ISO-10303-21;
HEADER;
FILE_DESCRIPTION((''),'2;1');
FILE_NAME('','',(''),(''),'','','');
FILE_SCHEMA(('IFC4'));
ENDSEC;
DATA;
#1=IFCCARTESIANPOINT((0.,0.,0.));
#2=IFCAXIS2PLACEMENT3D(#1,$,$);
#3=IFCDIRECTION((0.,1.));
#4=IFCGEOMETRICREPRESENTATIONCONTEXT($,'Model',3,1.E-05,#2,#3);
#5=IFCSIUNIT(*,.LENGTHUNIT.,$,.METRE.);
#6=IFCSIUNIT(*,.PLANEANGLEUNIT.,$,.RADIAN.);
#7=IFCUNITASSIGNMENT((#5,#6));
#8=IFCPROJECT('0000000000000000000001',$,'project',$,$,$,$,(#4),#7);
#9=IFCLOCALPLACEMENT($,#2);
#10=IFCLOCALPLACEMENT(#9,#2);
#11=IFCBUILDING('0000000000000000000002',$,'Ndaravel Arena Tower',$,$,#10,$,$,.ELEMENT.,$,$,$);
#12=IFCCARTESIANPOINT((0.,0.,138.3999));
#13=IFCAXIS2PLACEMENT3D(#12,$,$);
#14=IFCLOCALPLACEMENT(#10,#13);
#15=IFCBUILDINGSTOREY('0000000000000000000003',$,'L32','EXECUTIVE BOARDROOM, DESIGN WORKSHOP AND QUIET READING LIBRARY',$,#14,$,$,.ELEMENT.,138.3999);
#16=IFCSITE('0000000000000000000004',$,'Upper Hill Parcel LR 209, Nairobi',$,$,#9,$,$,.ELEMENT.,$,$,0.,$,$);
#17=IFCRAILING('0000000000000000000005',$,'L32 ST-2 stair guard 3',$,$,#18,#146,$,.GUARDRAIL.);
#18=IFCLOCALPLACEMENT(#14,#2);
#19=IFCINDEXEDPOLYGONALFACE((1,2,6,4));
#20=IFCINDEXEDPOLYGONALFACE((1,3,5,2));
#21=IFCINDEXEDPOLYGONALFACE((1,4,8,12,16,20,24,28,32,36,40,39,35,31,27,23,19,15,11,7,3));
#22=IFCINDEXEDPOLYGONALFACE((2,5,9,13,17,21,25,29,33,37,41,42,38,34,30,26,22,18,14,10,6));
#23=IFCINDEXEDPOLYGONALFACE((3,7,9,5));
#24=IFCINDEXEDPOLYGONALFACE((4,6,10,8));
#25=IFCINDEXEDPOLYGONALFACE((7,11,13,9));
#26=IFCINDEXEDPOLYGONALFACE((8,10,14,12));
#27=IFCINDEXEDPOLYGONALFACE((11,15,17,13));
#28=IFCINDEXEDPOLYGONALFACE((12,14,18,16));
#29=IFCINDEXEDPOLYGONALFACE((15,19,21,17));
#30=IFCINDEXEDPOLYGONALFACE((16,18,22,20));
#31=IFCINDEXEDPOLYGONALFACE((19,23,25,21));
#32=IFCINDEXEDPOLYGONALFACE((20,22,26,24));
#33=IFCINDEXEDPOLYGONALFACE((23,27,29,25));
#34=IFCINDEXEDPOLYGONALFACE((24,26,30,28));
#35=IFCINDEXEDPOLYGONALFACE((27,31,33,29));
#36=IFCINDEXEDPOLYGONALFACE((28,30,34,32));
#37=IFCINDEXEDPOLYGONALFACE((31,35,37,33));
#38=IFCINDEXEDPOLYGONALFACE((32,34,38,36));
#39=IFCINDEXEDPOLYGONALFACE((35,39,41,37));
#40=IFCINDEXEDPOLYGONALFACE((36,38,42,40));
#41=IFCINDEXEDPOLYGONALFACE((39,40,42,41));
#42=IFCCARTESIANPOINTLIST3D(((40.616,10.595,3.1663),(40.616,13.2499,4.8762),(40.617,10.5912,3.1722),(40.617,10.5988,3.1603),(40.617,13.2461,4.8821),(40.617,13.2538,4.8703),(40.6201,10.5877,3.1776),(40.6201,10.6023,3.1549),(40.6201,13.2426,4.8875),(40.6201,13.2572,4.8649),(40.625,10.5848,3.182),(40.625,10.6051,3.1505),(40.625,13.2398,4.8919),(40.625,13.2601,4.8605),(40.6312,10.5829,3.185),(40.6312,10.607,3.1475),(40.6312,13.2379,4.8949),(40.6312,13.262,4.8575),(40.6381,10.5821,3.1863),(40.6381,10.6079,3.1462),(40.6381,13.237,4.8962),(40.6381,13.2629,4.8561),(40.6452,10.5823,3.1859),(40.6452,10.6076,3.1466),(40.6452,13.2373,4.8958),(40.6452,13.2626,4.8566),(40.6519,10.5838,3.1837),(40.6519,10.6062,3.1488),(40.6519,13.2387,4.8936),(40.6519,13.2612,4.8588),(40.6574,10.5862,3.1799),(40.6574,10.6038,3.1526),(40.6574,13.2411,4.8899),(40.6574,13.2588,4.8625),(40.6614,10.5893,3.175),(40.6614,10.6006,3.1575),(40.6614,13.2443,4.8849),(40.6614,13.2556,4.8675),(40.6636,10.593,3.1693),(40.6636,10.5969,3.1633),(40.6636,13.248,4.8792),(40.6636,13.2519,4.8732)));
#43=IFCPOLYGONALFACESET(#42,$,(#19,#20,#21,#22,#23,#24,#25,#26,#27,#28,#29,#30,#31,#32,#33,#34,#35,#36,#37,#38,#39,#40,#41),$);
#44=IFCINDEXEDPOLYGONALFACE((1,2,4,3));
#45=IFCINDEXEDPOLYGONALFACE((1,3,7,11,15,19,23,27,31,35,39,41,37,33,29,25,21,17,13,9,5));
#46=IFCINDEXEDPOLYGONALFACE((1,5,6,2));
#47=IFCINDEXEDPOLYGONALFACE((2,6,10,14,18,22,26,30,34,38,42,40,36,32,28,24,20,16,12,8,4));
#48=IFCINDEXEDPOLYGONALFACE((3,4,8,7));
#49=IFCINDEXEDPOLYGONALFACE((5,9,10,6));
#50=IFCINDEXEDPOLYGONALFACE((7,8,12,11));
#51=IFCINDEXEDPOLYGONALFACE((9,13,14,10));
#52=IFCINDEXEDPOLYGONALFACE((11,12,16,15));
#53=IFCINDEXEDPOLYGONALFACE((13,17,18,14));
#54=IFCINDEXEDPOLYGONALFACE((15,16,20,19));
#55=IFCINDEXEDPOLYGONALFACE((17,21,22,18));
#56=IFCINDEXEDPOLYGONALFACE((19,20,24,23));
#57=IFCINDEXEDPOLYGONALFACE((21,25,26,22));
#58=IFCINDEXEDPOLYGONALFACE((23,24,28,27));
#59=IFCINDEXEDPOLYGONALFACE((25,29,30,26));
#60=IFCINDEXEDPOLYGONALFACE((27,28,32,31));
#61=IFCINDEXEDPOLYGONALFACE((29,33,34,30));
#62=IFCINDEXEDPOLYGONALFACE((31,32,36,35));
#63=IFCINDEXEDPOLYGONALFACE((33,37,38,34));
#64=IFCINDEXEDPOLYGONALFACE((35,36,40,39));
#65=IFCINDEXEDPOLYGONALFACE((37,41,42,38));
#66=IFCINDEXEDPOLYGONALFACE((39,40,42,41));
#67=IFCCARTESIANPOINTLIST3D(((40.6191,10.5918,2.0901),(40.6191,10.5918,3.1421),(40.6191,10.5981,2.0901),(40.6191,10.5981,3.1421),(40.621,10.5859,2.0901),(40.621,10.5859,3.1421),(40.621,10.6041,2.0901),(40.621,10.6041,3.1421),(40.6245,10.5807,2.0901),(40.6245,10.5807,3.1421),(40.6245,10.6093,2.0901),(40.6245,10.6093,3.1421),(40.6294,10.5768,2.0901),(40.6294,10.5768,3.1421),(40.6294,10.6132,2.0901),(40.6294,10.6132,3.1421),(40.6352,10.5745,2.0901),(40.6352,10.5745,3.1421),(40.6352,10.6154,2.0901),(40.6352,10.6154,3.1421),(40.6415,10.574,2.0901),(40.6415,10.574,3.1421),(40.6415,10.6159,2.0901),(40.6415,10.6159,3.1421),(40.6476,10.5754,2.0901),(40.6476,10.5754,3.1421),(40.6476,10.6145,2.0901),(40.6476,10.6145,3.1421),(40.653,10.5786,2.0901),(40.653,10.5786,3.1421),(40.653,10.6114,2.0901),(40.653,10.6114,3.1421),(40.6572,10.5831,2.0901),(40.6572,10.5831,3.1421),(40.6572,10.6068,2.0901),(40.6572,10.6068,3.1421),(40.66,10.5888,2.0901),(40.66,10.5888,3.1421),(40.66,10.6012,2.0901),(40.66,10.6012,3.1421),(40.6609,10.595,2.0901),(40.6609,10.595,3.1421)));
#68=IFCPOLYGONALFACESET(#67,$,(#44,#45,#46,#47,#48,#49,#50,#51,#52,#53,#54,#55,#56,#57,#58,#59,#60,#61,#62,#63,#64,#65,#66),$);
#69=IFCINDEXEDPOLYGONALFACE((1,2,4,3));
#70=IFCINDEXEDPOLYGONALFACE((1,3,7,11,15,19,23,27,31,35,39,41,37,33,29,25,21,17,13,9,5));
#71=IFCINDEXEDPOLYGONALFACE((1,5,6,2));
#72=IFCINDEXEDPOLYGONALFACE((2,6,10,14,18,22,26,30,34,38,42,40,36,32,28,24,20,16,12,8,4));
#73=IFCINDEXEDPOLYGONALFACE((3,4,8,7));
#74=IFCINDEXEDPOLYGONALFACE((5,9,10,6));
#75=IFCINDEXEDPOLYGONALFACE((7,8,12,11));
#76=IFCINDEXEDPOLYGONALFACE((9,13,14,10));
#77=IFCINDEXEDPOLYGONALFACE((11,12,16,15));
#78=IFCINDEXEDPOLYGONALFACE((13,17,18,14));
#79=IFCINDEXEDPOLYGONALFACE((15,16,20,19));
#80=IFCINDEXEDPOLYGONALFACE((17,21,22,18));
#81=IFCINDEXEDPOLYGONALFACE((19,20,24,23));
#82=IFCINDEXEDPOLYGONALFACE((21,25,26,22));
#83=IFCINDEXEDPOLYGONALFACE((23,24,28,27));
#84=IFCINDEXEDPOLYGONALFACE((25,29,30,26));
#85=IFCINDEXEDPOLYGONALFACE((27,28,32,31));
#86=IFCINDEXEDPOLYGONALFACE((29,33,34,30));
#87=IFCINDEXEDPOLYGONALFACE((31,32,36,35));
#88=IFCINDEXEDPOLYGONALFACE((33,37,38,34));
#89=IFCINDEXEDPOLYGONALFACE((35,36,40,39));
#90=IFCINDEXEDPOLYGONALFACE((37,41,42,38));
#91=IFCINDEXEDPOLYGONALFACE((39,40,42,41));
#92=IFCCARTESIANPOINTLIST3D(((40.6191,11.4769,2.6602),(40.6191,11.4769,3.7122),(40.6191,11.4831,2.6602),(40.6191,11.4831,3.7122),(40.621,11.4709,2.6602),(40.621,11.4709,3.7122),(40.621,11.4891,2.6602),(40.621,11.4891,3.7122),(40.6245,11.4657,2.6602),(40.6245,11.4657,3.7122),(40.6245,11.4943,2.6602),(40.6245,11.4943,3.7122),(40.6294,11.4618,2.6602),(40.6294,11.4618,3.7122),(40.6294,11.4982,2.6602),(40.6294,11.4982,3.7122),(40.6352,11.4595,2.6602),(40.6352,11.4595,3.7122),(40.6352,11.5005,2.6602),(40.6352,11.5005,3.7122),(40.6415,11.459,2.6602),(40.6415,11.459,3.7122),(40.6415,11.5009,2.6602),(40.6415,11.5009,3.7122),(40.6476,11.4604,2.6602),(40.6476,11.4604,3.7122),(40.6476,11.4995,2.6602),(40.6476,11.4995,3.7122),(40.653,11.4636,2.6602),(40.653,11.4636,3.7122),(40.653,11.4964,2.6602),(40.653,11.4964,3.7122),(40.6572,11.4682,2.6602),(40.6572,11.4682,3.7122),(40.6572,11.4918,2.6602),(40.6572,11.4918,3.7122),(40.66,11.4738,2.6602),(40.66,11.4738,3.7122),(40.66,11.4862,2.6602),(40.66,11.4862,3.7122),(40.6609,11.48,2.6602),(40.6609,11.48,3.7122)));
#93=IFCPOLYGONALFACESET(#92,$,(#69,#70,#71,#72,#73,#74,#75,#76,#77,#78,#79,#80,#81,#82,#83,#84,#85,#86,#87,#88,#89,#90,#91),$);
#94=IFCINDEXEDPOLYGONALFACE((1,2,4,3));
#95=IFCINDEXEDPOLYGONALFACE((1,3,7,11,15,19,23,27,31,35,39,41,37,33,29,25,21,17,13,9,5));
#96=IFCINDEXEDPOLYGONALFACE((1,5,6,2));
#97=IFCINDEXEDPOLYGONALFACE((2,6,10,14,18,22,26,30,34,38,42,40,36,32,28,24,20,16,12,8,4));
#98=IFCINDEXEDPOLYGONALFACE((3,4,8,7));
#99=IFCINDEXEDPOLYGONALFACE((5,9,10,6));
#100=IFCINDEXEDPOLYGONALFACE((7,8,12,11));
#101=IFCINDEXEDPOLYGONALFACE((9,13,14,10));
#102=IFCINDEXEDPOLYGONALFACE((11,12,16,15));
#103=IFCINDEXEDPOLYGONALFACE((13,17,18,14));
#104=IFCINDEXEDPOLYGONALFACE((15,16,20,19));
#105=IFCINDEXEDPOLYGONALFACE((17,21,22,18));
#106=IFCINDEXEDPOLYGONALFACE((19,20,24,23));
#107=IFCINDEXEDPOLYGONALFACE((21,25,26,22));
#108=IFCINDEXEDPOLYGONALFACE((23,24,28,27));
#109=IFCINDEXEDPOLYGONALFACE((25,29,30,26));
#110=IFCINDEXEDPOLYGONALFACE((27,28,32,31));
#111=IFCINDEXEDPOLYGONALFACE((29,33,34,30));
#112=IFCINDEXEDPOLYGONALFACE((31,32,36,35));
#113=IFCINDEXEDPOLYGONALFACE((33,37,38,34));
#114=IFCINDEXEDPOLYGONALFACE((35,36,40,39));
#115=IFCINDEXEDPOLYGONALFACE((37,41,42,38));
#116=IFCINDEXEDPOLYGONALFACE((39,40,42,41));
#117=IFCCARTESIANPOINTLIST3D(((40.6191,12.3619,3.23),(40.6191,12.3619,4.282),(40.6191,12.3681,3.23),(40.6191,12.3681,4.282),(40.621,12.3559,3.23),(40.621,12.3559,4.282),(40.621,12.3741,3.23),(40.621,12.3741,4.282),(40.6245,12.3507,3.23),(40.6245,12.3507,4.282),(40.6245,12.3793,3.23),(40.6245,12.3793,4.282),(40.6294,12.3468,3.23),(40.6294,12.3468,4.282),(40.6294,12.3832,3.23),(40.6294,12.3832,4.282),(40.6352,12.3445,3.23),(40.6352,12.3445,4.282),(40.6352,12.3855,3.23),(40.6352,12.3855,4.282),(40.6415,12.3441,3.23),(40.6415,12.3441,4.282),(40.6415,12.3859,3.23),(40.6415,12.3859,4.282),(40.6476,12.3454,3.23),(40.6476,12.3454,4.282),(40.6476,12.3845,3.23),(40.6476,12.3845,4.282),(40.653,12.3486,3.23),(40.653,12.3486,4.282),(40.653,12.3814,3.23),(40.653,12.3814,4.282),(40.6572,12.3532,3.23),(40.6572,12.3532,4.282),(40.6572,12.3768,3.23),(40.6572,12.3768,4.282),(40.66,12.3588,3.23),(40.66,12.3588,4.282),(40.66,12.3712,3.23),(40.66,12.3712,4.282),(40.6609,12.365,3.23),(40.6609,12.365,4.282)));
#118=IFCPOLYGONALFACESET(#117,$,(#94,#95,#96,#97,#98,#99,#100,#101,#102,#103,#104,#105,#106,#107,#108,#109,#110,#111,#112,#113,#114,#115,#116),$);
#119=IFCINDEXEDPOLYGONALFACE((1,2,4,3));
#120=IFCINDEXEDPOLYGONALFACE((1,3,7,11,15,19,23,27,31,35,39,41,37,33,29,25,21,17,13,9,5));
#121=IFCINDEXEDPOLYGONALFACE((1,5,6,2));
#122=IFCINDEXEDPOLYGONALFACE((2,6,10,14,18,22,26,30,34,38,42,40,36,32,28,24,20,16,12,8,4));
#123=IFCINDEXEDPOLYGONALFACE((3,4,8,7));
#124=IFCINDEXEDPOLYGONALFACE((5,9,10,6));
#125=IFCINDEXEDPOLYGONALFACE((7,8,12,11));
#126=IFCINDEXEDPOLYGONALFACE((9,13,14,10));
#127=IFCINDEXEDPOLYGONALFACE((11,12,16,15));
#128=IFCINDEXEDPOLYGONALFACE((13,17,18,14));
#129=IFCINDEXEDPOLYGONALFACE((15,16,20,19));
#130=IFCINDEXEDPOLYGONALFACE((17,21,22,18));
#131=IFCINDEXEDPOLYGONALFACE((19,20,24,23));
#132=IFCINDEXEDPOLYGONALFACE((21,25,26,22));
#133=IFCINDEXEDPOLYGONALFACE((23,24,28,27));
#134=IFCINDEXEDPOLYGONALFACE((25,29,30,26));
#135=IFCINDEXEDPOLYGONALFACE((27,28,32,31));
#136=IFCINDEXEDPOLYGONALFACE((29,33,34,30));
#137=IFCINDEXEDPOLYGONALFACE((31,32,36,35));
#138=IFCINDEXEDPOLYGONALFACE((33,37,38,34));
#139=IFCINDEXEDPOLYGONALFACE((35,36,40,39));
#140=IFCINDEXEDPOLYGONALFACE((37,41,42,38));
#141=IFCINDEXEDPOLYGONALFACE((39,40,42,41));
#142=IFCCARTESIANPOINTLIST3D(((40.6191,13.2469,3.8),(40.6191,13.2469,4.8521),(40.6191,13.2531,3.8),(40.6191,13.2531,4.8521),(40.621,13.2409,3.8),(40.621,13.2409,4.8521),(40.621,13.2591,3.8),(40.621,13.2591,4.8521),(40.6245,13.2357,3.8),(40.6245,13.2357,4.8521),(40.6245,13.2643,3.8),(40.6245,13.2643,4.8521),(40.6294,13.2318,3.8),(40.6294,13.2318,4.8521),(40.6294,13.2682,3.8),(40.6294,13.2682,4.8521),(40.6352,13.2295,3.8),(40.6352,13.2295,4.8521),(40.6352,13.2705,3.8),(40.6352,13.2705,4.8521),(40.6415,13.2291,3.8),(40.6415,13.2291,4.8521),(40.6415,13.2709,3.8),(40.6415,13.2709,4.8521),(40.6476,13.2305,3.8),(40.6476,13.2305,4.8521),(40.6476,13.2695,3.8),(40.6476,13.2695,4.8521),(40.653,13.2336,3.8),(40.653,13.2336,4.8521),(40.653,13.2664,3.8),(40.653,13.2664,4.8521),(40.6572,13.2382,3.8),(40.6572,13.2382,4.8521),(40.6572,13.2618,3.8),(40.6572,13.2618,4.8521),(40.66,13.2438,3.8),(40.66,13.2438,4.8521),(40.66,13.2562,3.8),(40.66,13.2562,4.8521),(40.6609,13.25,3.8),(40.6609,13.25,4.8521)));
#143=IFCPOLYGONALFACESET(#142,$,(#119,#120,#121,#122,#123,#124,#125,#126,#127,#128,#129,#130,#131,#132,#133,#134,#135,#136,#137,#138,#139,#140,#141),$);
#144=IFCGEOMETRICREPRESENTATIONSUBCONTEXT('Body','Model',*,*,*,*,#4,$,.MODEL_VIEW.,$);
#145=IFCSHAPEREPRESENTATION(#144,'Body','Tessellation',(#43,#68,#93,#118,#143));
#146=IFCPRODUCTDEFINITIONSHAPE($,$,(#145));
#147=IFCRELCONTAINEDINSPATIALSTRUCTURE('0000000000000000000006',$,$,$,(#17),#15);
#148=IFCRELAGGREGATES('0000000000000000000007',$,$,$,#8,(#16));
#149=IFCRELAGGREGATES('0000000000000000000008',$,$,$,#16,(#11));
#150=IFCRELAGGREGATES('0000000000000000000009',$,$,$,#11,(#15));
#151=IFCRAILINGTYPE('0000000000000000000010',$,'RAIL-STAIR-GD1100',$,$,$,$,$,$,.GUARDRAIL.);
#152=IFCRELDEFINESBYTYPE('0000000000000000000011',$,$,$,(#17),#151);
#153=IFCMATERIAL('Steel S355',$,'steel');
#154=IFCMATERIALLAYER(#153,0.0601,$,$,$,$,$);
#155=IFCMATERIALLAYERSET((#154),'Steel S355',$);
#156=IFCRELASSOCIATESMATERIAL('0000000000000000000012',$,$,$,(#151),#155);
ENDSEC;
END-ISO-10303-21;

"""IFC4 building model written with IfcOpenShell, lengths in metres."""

from ifc_helpers import new_model, si_unit, direction, frame, origin, origin_2d, place, context, subcontext, project, spatial, circle, extrude, material, layer, layer_set, type_object, element, save


model = new_model("IFC4")

# Units and contexts
model_context = context("Model", 3, precision=1e-05, world=origin(), true_north=direction((0.0, 1.0)))
body_context = subcontext(model_context, "Body", "Model", "MODEL_VIEW")
ifc_project = project(units=[si_unit("LENGTHUNIT", "METRE"), si_unit("PLANEANGLEUNIT", "RADIAN")], contexts=[model_context])

# Site, building, storey
site_placement = place(None, origin())
site = spatial("IfcSite", under=ifc_project, at=site_placement, Name="Upper Hill Parcel LR 209, Nairobi", CompositionType="ELEMENT", RefElevation=0.0)
building_placement = place(site_placement, origin())
building = spatial("IfcBuilding", under=site, at=building_placement, Name="Ndaravel Arena Tower", CompositionType="ELEMENT")
storey_placement = place(building_placement, frame((0.0, 0.0, 138.3999)))
storey = spatial("IfcBuildingStorey", under=building, at=storey_placement, Name="L32", Description="EXECUTIVE BOARDROOM, DESIGN WORKSHOP AND QUIET READING LIBRARY", CompositionType="ELEMENT", Elevation=138.3999)

# Railing
ifc_material_1 = material(Name="Steel S355", Category="steel")
ifc_layer_1 = layer(ifc_material_1, 0.0601)
ifc_layer_set_1 = layer_set([ifc_layer_1], Name="Steel S355")
railing_type_1 = type_object("IfcRailingType", Name="RAIL-STAIR-GD1100", PredefinedType="GUARDRAIL", material=ifc_layer_set_1)
railing_1_placement = place(storey_placement, frame((40.6399, 10.595, 2.0901)))
element("IfcRailing", 1, at=railing_1_placement, inside=storey, type_object=railing_type_1, Name="L32 ST-2 stair guard 3", PredefinedType="GUARDRAIL", context=body_context, shape_type="SweptSolid", body=[
    extrude(circle(Radius=0.0239, at=origin_2d()), frame((0.0, 0.0, 1.0762), z_axis=(0.0, 0.840724, 0.541465), x_axis=(-1.0, 0.0, 0.0)), (0.0, 0.0, 1.0), 3.158),
    extrude(circle(Radius=0.021, at=origin_2d()), origin(), (0.0, 0.0, 1.0), 1.052),
    extrude(circle(Radius=0.021, at=origin_2d()), frame((0.0, 0.885, 0.5701)), (0.0, 0.0, 1.0), 1.052),
    extrude(circle(Radius=0.021, at=origin_2d()), frame((0.0, 1.77, 1.1399)), (0.0, 0.0, 1.0), 1.052),
    extrude(circle(Radius=0.021, at=origin_2d()), frame((0.0, 2.655, 1.71)), (0.0, 0.0, 1.0), 1.052),
])

save(model, "model.ifc")
